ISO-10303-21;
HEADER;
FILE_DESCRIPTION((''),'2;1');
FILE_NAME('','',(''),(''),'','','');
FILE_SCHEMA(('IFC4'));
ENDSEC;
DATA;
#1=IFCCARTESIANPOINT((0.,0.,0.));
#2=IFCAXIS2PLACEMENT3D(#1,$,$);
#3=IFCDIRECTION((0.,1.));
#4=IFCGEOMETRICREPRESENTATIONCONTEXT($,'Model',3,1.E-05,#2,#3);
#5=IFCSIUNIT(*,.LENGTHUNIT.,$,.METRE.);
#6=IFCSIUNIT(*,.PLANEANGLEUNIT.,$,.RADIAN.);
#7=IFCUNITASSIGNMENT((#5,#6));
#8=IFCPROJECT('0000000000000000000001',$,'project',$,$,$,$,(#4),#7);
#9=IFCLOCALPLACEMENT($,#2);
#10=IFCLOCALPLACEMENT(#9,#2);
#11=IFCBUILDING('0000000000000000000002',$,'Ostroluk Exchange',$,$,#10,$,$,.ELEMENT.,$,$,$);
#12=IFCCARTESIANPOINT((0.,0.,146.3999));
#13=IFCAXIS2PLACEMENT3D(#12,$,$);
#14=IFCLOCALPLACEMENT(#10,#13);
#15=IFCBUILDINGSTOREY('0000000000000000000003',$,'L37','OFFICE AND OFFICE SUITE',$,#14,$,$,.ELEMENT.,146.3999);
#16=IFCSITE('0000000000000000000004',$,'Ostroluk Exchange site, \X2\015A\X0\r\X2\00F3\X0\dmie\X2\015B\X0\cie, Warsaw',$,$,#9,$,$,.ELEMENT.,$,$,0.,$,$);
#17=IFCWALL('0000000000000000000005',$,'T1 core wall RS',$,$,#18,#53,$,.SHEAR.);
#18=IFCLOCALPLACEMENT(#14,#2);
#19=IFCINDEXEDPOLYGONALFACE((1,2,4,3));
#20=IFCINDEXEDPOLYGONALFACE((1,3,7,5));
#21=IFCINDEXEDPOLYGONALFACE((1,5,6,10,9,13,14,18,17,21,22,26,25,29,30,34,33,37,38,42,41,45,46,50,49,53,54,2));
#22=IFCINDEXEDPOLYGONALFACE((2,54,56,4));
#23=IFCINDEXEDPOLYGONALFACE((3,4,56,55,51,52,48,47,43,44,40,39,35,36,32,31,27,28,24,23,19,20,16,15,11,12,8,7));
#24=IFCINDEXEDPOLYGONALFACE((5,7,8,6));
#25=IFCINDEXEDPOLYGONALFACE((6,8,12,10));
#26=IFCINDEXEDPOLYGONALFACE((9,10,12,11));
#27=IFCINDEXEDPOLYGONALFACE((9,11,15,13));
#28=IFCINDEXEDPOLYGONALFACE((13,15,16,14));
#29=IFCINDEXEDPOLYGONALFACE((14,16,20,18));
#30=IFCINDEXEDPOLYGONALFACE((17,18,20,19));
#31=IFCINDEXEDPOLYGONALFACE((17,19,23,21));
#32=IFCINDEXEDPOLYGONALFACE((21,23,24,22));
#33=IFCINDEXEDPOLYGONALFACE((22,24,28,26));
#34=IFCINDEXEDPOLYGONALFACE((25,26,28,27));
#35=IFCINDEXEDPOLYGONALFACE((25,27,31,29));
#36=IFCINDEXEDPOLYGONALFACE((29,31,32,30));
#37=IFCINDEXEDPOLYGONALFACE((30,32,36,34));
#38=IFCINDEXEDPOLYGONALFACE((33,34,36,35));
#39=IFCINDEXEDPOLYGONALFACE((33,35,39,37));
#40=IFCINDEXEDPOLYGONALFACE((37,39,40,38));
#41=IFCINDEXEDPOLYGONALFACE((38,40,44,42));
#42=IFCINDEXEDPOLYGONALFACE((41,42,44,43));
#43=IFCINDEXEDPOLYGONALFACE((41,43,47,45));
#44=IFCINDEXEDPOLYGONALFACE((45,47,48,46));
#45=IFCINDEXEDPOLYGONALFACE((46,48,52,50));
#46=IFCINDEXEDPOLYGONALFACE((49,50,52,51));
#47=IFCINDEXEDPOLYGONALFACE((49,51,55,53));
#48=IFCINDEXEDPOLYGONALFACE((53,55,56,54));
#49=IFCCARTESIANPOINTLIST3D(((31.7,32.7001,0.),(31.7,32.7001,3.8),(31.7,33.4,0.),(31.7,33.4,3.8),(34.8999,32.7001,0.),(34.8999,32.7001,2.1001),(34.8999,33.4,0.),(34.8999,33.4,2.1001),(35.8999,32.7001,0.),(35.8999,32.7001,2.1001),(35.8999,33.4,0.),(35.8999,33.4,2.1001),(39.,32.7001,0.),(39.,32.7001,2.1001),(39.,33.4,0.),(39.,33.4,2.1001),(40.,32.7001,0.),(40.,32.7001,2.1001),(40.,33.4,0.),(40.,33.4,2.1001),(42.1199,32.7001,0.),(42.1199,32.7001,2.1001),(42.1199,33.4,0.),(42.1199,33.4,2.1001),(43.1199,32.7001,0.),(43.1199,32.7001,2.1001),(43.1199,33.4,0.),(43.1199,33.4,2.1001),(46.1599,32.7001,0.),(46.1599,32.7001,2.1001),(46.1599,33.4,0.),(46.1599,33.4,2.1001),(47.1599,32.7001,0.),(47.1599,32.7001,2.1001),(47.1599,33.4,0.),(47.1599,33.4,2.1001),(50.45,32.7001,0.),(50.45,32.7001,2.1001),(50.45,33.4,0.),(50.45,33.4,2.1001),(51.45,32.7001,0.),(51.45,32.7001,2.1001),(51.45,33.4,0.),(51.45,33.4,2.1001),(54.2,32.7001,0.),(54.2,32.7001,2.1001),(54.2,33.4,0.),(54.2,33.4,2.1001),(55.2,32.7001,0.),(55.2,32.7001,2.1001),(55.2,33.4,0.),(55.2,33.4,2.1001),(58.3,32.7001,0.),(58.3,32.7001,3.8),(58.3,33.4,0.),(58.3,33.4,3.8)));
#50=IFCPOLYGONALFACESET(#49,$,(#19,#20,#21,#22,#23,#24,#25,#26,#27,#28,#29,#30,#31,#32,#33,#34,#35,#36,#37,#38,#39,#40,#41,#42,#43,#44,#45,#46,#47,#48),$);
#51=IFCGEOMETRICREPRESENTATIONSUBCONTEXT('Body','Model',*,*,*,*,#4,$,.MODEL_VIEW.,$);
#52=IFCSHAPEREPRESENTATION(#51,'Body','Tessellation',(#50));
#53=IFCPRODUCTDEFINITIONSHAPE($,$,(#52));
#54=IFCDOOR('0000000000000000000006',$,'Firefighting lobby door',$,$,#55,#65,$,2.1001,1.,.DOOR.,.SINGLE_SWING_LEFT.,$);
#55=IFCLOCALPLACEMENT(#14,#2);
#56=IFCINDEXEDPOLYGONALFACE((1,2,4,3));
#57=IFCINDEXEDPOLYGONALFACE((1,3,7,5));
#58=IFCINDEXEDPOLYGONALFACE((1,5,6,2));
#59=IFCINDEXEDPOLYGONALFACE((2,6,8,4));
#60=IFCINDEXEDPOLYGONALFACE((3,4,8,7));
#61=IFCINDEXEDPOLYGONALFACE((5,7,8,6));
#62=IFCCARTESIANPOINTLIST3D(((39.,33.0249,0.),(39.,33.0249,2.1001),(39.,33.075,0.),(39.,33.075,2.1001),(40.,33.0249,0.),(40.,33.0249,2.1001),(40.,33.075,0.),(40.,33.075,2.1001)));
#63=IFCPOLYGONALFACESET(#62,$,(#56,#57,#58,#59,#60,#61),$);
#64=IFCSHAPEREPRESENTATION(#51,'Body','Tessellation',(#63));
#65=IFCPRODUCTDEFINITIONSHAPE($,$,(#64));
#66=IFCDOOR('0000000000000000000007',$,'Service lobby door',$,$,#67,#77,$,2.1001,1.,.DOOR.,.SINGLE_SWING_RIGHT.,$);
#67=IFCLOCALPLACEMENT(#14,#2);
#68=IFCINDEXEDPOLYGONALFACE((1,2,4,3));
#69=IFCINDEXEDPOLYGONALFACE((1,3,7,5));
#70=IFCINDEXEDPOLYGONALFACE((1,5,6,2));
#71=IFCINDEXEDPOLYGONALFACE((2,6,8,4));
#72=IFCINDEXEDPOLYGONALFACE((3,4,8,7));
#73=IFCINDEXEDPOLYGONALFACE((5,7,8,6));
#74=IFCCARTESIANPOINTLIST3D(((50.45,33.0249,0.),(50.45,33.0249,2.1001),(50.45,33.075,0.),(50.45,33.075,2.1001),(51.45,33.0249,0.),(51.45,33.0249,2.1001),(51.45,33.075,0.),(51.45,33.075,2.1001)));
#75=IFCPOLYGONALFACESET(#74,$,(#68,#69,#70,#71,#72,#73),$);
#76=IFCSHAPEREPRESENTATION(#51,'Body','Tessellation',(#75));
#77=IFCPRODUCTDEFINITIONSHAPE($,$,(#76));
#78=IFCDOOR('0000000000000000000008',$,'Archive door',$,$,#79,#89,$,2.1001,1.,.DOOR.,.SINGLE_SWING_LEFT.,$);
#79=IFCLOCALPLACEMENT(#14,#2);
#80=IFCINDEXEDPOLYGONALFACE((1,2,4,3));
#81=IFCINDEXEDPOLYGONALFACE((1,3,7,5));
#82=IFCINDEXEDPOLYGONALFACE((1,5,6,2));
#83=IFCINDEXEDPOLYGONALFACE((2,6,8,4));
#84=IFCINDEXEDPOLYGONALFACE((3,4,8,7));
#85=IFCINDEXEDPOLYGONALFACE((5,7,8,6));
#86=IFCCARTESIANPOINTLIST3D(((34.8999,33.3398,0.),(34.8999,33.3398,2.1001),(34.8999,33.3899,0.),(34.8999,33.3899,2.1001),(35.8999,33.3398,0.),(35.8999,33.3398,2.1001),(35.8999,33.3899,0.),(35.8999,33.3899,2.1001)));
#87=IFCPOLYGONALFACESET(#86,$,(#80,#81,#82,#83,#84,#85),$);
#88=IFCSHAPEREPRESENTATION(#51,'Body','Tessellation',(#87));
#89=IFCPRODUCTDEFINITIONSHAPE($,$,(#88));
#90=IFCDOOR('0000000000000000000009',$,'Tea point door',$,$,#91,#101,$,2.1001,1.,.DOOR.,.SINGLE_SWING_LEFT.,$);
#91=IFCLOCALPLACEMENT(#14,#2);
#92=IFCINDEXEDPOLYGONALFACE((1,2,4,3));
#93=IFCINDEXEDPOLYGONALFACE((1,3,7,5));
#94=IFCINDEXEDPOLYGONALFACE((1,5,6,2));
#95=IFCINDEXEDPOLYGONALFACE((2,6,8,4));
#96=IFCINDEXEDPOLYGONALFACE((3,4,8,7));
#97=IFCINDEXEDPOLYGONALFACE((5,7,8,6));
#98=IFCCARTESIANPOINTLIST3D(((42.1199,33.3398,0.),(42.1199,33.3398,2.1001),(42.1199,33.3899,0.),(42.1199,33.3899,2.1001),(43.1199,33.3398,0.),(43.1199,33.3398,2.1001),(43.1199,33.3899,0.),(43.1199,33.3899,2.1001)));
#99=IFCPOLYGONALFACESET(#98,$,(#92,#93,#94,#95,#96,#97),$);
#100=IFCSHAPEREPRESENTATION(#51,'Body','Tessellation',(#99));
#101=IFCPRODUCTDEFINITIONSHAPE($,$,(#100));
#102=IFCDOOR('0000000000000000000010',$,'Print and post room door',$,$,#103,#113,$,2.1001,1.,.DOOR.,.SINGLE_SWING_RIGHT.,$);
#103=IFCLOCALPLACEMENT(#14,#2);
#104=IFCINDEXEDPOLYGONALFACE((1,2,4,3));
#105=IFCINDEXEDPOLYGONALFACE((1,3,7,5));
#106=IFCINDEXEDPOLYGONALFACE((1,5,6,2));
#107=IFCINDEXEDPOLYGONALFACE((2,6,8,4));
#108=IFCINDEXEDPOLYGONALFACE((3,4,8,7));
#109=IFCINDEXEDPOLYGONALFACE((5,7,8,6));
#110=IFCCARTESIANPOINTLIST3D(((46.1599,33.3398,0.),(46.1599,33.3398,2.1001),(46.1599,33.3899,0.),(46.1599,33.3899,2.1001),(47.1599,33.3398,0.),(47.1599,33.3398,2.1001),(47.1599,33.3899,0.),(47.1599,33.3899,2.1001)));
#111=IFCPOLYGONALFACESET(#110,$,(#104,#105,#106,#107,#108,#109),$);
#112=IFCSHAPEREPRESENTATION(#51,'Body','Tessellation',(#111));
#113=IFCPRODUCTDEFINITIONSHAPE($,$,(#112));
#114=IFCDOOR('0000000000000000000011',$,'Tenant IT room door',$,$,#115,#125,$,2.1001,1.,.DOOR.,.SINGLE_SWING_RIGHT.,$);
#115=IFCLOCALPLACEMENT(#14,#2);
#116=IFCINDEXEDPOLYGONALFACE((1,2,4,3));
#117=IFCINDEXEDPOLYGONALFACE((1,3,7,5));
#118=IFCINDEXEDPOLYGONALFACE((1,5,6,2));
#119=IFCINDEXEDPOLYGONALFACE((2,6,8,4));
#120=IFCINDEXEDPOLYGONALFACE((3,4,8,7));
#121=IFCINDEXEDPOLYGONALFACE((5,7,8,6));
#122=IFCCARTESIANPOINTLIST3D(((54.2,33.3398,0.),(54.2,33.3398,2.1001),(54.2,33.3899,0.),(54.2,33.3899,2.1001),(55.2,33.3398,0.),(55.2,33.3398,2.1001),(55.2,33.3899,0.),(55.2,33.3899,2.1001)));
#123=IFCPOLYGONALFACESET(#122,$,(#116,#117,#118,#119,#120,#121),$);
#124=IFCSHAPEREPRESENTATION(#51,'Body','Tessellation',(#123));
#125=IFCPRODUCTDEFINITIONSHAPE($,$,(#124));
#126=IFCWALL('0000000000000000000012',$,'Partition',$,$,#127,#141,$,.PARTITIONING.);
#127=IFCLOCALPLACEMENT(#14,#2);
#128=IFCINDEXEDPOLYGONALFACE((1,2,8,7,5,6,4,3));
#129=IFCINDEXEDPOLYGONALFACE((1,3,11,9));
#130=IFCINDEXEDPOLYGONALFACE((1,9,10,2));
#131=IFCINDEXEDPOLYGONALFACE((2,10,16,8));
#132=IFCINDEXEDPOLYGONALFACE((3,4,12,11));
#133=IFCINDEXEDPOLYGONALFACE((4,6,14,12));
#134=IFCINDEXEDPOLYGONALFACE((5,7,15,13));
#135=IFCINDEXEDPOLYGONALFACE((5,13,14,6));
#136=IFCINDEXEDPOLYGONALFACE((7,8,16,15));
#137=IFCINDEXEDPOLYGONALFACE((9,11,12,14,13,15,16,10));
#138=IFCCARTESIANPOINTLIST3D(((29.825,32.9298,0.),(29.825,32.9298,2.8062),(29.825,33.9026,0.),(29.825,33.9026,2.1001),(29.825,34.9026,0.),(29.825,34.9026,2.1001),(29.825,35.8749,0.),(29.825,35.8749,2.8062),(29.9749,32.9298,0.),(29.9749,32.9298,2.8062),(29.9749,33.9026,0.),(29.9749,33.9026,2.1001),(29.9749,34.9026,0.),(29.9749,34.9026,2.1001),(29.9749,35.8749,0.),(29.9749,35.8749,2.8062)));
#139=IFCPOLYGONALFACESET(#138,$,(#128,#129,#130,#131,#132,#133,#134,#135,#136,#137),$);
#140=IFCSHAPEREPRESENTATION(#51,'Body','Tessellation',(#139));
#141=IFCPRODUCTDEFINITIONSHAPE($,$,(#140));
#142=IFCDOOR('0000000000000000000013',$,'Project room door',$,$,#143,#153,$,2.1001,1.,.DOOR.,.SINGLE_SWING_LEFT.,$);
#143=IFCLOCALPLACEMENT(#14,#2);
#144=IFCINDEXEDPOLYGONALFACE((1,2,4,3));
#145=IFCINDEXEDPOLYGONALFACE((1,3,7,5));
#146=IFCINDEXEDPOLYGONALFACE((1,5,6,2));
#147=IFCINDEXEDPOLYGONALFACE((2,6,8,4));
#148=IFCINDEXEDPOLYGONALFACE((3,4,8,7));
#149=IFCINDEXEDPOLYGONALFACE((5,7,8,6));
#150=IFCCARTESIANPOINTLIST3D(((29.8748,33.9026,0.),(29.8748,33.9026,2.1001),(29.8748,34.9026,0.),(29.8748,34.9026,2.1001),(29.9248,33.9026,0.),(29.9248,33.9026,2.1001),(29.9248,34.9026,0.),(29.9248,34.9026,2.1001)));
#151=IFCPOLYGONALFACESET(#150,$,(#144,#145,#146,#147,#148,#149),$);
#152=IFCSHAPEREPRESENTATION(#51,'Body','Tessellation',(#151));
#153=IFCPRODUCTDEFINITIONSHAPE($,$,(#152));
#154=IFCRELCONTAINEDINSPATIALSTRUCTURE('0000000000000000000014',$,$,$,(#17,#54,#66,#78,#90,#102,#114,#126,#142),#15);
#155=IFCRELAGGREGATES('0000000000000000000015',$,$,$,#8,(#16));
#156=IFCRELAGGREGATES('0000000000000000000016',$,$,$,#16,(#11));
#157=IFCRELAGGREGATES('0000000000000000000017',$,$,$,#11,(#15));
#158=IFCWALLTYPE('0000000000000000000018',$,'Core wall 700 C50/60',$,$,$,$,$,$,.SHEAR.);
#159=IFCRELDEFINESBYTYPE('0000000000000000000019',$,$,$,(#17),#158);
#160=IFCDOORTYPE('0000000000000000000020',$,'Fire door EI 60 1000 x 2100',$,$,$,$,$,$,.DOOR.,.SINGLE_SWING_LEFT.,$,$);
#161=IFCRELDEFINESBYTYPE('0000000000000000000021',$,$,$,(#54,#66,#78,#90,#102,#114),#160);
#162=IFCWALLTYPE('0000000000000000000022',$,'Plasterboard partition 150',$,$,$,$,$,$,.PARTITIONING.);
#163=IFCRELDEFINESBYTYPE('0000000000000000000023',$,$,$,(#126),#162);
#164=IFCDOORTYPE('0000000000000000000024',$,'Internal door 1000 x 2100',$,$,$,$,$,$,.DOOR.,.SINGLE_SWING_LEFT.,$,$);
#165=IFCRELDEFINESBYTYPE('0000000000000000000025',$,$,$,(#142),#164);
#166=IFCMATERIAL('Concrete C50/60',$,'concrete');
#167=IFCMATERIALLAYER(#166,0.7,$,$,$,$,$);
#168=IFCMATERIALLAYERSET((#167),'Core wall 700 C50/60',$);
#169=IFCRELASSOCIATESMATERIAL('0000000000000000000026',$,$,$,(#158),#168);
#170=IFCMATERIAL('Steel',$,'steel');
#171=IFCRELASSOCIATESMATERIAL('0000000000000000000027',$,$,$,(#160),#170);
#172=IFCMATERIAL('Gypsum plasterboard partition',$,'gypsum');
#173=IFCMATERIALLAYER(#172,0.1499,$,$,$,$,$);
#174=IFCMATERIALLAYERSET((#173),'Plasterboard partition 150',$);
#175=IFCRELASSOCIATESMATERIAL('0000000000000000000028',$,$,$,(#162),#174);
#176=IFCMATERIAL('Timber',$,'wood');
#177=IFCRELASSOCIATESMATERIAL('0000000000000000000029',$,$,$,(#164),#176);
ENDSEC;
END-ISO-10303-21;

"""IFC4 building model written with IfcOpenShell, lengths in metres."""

from ifc_helpers import new_model, si_unit, direction, frame, frame_2d, origin, place, context, subcontext, project, spatial, rectangle, extrude, material, layer, layer_set, type_object, element, fill, save


model = new_model("IFC4")

# Units and contexts
model_context = context("Model", 3, precision=1e-05, world=origin(), true_north=direction((0.0, 1.0)))
body_context = subcontext(model_context, "Body", "Model", "MODEL_VIEW")
ifc_project = project(units=[si_unit("LENGTHUNIT", "METRE"), si_unit("PLANEANGLEUNIT", "RADIAN")], contexts=[model_context])

# Site, building, storey
site_placement = place(None, origin())
site = spatial("IfcSite", under=ifc_project, at=site_placement, Name="Ostroluk Exchange site, Śródmieście, Warsaw", CompositionType="ELEMENT", RefElevation=0.0)
building_placement = place(site_placement, origin())
building = spatial("IfcBuilding", under=site, at=building_placement, Name="Ostroluk Exchange", CompositionType="ELEMENT")
storey_placement = place(building_placement, frame((0.0, 0.0, 146.3999)))
storey = spatial("IfcBuildingStorey", under=building, at=storey_placement, Name="L37", Description="OFFICE AND OFFICE SUITE", CompositionType="ELEMENT", Elevation=146.3999)

# Wall, openings, doors
ifc_material_1 = material(Name="Concrete C50/60", Category="concrete")
ifc_layer_1 = layer(ifc_material_1, 0.7)
ifc_layer_set_1 = layer_set([ifc_layer_1], Name="Core wall 700 C50/60")
wall_type_1 = type_object("IfcWallType", Name="Core wall 700 C50/60", PredefinedType="SHEAR", material=ifc_layer_set_1)
wall_1_placement = place(storey_placement, frame((31.7, 33.05, 0.0), z_axis=(0.0, 0.0, 1.0), x_axis=(1.0, 0.0, 0.0)))
wall_1 = element("IfcWall", 1, at=wall_1_placement, inside=storey, type_object=wall_type_1, Name="T1 core wall RS", PredefinedType="SHEAR", context=body_context, shape_type="SweptSolid", body=[
    extrude(rectangle(XDim=26.6001, YDim=0.7, at=frame_2d((13.3, 0.0))), origin(), (0.0, 0.0, 1.0), 3.8),
])
opening_1_placement = place(wall_1_placement, frame((7.3, 0.0, 0.0)))
opening_1 = element("IfcOpeningElement", 2, at=opening_1_placement, cuts=wall_1, PredefinedType="OPENING", context=body_context, shape_type="SweptSolid", body=[
    extrude(rectangle(XDim=1.0, YDim=2.1001, at=frame_2d((0.5, 1.05))), frame((0.0, 0.3599, 0.0), z_axis=(0.0, -1.0, 0.0), x_axis=(1.0, 0.0, 0.0)), (0.0, 0.0, 1.0), 0.72),
])
opening_2_placement = place(wall_1_placement, frame((18.75, 0.0, 0.0)))
opening_2 = element("IfcOpeningElement", 3, at=opening_2_placement, cuts=wall_1, PredefinedType="OPENING", context=body_context, shape_type="SweptSolid", body=[
    extrude(rectangle(XDim=1.0, YDim=2.1001, at=frame_2d((0.5, 1.05))), frame((0.0, 0.3599, 0.0), z_axis=(0.0, -1.0, 0.0), x_axis=(1.0, 0.0, 0.0)), (0.0, 0.0, 1.0), 0.72),
])
opening_3_placement = place(wall_1_placement, frame((3.2, 0.0, 0.0)))
opening_3 = element("IfcOpeningElement", 4, at=opening_3_placement, cuts=wall_1, PredefinedType="OPENING", context=body_context, shape_type="SweptSolid", body=[
    extrude(rectangle(XDim=1.0, YDim=2.1001, at=frame_2d((0.5, 1.05))), frame((0.0, 0.3599, 0.0), z_axis=(0.0, -1.0, 0.0), x_axis=(1.0, 0.0, 0.0)), (0.0, 0.0, 1.0), 0.72),
])
opening_4_placement = place(wall_1_placement, frame((10.4199, 0.0, 0.0)))
opening_4 = element("IfcOpeningElement", 5, at=opening_4_placement, cuts=wall_1, PredefinedType="OPENING", context=body_context, shape_type="SweptSolid", body=[
    extrude(rectangle(XDim=1.0, YDim=2.1001, at=frame_2d((0.5, 1.05))), frame((0.0, 0.3599, 0.0), z_axis=(0.0, -1.0, 0.0), x_axis=(1.0, 0.0, 0.0)), (0.0, 0.0, 1.0), 0.72),
])
opening_5_placement = place(wall_1_placement, frame((14.46, 0.0, 0.0)))
opening_5 = element("IfcOpeningElement", 6, at=opening_5_placement, cuts=wall_1, PredefinedType="OPENING", context=body_context, shape_type="SweptSolid", body=[
    extrude(rectangle(XDim=1.0, YDim=2.1001, at=frame_2d((0.5, 1.05))), frame((0.0, 0.3599, 0.0), z_axis=(0.0, -1.0, 0.0), x_axis=(1.0, 0.0, 0.0)), (0.0, 0.0, 1.0), 0.72),
])
opening_6_placement = place(wall_1_placement, frame((22.5, 0.0, 0.0)))
opening_6 = element("IfcOpeningElement", 7, at=opening_6_placement, cuts=wall_1, PredefinedType="OPENING", context=body_context, shape_type="SweptSolid", body=[
    extrude(rectangle(XDim=1.0, YDim=2.1001, at=frame_2d((0.5, 1.05))), frame((0.0, 0.3599, 0.0), z_axis=(0.0, -1.0, 0.0), x_axis=(1.0, 0.0, 0.0)), (0.0, 0.0, 1.0), 0.72),
])
ifc_material_2 = material(Name="Steel", Category="steel")
door_type_1 = type_object("IfcDoorType", Name="Fire door EI 60 1000 x 2100", OperationType="SINGLE_SWING_LEFT", PredefinedType="DOOR", material=ifc_material_2)
door_1_placement = place(opening_1_placement, origin())
door_1 = element("IfcDoor", 8, at=door_1_placement, inside=storey, type_object=door_type_1, Name="Firefighting lobby door", OperationType="SINGLE_SWING_LEFT", OverallHeight=2.1001, OverallWidth=1.0, PredefinedType="DOOR", context=body_context, shape_type="SweptSolid", body=[
    extrude(rectangle(XDim=1.0, YDim=2.1001, at=frame_2d((0.5, 1.05))), frame((0.0, 0.0249, 0.0), z_axis=(0.0, -1.0, 0.0), x_axis=(1.0, 0.0, 0.0)), (0.0, 0.0, 1.0), 0.05),
])
fill(opening_1, door_1)
door_2_placement = place(opening_2_placement, origin())
door_2 = element("IfcDoor", 9, at=door_2_placement, inside=storey, type_object=door_type_1, Name="Service lobby door", OperationType="SINGLE_SWING_RIGHT", OverallHeight=2.1001, OverallWidth=1.0, PredefinedType="DOOR", context=body_context, shape_type="SweptSolid", body=[
    extrude(rectangle(XDim=1.0, YDim=2.1001, at=frame_2d((0.5, 1.05))), frame((0.0, 0.0249, 0.0), z_axis=(0.0, -1.0, 0.0), x_axis=(1.0, 0.0, 0.0)), (0.0, 0.0, 1.0), 0.05),
])
fill(opening_2, door_2)
door_3_placement = place(opening_3_placement, origin())
door_3 = element("IfcDoor", 10, at=door_3_placement, inside=storey, type_object=door_type_1, Name="Archive door", OperationType="SINGLE_SWING_LEFT", OverallHeight=2.1001, OverallWidth=1.0, PredefinedType="DOOR", context=body_context, shape_type="SweptSolid", body=[
    extrude(rectangle(XDim=1.0, YDim=2.1001, at=frame_2d((0.5, 1.05))), frame((0.0, 0.3398, 0.0), z_axis=(0.0, -1.0, 0.0), x_axis=(1.0, 0.0, 0.0)), (0.0, 0.0, 1.0), 0.05),
])
fill(opening_3, door_3)
door_4_placement = place(opening_4_placement, origin())
door_4 = element("IfcDoor", 11, at=door_4_placement, inside=storey, type_object=door_type_1, Name="Tea point door", OperationType="SINGLE_SWING_LEFT", OverallHeight=2.1001, OverallWidth=1.0, PredefinedType="DOOR", context=body_context, shape_type="SweptSolid", body=[
    extrude(rectangle(XDim=1.0, YDim=2.1001, at=frame_2d((0.5, 1.05))), frame((0.0, 0.3398, 0.0), z_axis=(0.0, -1.0, 0.0), x_axis=(1.0, 0.0, 0.0)), (0.0, 0.0, 1.0), 0.05),
])
fill(opening_4, door_4)
door_5_placement = place(opening_5_placement, origin())
door_5 = element("IfcDoor", 12, at=door_5_placement, inside=storey, type_object=door_type_1, Name="Print and post room door", OperationType="SINGLE_SWING_RIGHT", OverallHeight=2.1001, OverallWidth=1.0, PredefinedType="DOOR", context=body_context, shape_type="SweptSolid", body=[
    extrude(rectangle(XDim=1.0, YDim=2.1001, at=frame_2d((0.5, 1.05))), frame((0.0, 0.3398, 0.0), z_axis=(0.0, -1.0, 0.0), x_axis=(1.0, 0.0, 0.0)), (0.0, 0.0, 1.0), 0.05),
])
fill(opening_5, door_5)
door_6_placement = place(opening_6_placement, origin())
door_6 = element("IfcDoor", 13, at=door_6_placement, inside=storey, type_object=door_type_1, Name="Tenant IT room door", OperationType="SINGLE_SWING_RIGHT", OverallHeight=2.1001, OverallWidth=1.0, PredefinedType="DOOR", context=body_context, shape_type="SweptSolid", body=[
    extrude(rectangle(XDim=1.0, YDim=2.1001, at=frame_2d((0.5, 1.05))), frame((0.0, 0.3398, 0.0), z_axis=(0.0, -1.0, 0.0), x_axis=(1.0, 0.0, 0.0)), (0.0, 0.0, 1.0), 0.05),
])
fill(opening_6, door_6)

# Wall, opening, door
ifc_material_3 = material(Name="Gypsum plasterboard partition", Category="gypsum")
ifc_layer_2 = layer(ifc_material_3, 0.1499)
ifc_layer_set_2 = layer_set([ifc_layer_2], Name="Plasterboard partition 150")
wall_type_2 = type_object("IfcWallType", Name="Plasterboard partition 150", PredefinedType="PARTITIONING", material=ifc_layer_set_2)
wall_2_placement = place(storey_placement, frame((29.8999, 35.875, 0.0), z_axis=(0.0, 0.0, 1.0), x_axis=(0.0, -1.0, 0.0)))
wall_2 = element("IfcWall", 14, at=wall_2_placement, inside=storey, type_object=wall_type_2, Name="Partition", PredefinedType="PARTITIONING", context=body_context, shape_type="SweptSolid", body=[
    extrude(rectangle(XDim=2.9451, YDim=0.1499, at=frame_2d((1.4727, 0.0))), origin(), (0.0, 0.0, 1.0), 2.8062),
])
opening_7_placement = place(wall_2_placement, frame((0.9724, 0.0, 0.0)))
opening_7 = element("IfcOpeningElement", 15, at=opening_7_placement, cuts=wall_2, PredefinedType="OPENING", context=body_context, shape_type="SweptSolid", body=[
    extrude(rectangle(XDim=1.0, YDim=2.1001, at=frame_2d((0.5, 1.05))), frame((0.0, 0.085, 0.0), z_axis=(0.0, -1.0, 0.0), x_axis=(1.0, 0.0, 0.0)), (0.0, 0.0, 1.0), 0.1699),
])
ifc_material_4 = material(Name="Timber", Category="wood")
door_type_2 = type_object("IfcDoorType", Name="Internal door 1000 x 2100", OperationType="SINGLE_SWING_LEFT", PredefinedType="DOOR", material=ifc_material_4)
door_7_placement = place(opening_7_placement, origin())
door_7 = element("IfcDoor", 16, at=door_7_placement, inside=storey, type_object=door_type_2, Name="Project room door", OperationType="SINGLE_SWING_LEFT", OverallHeight=2.1001, OverallWidth=1.0, PredefinedType="DOOR", context=body_context, shape_type="SweptSolid", body=[
    extrude(rectangle(XDim=1.0, YDim=2.1001, at=frame_2d((0.5, 1.05))), frame((0.0, 0.0249, 0.0), z_axis=(0.0, -1.0, 0.0), x_axis=(1.0, 0.0, 0.0)), (0.0, 0.0, 1.0), 0.05),
])
fill(opening_7, door_7)

save(model, "model.ifc")
